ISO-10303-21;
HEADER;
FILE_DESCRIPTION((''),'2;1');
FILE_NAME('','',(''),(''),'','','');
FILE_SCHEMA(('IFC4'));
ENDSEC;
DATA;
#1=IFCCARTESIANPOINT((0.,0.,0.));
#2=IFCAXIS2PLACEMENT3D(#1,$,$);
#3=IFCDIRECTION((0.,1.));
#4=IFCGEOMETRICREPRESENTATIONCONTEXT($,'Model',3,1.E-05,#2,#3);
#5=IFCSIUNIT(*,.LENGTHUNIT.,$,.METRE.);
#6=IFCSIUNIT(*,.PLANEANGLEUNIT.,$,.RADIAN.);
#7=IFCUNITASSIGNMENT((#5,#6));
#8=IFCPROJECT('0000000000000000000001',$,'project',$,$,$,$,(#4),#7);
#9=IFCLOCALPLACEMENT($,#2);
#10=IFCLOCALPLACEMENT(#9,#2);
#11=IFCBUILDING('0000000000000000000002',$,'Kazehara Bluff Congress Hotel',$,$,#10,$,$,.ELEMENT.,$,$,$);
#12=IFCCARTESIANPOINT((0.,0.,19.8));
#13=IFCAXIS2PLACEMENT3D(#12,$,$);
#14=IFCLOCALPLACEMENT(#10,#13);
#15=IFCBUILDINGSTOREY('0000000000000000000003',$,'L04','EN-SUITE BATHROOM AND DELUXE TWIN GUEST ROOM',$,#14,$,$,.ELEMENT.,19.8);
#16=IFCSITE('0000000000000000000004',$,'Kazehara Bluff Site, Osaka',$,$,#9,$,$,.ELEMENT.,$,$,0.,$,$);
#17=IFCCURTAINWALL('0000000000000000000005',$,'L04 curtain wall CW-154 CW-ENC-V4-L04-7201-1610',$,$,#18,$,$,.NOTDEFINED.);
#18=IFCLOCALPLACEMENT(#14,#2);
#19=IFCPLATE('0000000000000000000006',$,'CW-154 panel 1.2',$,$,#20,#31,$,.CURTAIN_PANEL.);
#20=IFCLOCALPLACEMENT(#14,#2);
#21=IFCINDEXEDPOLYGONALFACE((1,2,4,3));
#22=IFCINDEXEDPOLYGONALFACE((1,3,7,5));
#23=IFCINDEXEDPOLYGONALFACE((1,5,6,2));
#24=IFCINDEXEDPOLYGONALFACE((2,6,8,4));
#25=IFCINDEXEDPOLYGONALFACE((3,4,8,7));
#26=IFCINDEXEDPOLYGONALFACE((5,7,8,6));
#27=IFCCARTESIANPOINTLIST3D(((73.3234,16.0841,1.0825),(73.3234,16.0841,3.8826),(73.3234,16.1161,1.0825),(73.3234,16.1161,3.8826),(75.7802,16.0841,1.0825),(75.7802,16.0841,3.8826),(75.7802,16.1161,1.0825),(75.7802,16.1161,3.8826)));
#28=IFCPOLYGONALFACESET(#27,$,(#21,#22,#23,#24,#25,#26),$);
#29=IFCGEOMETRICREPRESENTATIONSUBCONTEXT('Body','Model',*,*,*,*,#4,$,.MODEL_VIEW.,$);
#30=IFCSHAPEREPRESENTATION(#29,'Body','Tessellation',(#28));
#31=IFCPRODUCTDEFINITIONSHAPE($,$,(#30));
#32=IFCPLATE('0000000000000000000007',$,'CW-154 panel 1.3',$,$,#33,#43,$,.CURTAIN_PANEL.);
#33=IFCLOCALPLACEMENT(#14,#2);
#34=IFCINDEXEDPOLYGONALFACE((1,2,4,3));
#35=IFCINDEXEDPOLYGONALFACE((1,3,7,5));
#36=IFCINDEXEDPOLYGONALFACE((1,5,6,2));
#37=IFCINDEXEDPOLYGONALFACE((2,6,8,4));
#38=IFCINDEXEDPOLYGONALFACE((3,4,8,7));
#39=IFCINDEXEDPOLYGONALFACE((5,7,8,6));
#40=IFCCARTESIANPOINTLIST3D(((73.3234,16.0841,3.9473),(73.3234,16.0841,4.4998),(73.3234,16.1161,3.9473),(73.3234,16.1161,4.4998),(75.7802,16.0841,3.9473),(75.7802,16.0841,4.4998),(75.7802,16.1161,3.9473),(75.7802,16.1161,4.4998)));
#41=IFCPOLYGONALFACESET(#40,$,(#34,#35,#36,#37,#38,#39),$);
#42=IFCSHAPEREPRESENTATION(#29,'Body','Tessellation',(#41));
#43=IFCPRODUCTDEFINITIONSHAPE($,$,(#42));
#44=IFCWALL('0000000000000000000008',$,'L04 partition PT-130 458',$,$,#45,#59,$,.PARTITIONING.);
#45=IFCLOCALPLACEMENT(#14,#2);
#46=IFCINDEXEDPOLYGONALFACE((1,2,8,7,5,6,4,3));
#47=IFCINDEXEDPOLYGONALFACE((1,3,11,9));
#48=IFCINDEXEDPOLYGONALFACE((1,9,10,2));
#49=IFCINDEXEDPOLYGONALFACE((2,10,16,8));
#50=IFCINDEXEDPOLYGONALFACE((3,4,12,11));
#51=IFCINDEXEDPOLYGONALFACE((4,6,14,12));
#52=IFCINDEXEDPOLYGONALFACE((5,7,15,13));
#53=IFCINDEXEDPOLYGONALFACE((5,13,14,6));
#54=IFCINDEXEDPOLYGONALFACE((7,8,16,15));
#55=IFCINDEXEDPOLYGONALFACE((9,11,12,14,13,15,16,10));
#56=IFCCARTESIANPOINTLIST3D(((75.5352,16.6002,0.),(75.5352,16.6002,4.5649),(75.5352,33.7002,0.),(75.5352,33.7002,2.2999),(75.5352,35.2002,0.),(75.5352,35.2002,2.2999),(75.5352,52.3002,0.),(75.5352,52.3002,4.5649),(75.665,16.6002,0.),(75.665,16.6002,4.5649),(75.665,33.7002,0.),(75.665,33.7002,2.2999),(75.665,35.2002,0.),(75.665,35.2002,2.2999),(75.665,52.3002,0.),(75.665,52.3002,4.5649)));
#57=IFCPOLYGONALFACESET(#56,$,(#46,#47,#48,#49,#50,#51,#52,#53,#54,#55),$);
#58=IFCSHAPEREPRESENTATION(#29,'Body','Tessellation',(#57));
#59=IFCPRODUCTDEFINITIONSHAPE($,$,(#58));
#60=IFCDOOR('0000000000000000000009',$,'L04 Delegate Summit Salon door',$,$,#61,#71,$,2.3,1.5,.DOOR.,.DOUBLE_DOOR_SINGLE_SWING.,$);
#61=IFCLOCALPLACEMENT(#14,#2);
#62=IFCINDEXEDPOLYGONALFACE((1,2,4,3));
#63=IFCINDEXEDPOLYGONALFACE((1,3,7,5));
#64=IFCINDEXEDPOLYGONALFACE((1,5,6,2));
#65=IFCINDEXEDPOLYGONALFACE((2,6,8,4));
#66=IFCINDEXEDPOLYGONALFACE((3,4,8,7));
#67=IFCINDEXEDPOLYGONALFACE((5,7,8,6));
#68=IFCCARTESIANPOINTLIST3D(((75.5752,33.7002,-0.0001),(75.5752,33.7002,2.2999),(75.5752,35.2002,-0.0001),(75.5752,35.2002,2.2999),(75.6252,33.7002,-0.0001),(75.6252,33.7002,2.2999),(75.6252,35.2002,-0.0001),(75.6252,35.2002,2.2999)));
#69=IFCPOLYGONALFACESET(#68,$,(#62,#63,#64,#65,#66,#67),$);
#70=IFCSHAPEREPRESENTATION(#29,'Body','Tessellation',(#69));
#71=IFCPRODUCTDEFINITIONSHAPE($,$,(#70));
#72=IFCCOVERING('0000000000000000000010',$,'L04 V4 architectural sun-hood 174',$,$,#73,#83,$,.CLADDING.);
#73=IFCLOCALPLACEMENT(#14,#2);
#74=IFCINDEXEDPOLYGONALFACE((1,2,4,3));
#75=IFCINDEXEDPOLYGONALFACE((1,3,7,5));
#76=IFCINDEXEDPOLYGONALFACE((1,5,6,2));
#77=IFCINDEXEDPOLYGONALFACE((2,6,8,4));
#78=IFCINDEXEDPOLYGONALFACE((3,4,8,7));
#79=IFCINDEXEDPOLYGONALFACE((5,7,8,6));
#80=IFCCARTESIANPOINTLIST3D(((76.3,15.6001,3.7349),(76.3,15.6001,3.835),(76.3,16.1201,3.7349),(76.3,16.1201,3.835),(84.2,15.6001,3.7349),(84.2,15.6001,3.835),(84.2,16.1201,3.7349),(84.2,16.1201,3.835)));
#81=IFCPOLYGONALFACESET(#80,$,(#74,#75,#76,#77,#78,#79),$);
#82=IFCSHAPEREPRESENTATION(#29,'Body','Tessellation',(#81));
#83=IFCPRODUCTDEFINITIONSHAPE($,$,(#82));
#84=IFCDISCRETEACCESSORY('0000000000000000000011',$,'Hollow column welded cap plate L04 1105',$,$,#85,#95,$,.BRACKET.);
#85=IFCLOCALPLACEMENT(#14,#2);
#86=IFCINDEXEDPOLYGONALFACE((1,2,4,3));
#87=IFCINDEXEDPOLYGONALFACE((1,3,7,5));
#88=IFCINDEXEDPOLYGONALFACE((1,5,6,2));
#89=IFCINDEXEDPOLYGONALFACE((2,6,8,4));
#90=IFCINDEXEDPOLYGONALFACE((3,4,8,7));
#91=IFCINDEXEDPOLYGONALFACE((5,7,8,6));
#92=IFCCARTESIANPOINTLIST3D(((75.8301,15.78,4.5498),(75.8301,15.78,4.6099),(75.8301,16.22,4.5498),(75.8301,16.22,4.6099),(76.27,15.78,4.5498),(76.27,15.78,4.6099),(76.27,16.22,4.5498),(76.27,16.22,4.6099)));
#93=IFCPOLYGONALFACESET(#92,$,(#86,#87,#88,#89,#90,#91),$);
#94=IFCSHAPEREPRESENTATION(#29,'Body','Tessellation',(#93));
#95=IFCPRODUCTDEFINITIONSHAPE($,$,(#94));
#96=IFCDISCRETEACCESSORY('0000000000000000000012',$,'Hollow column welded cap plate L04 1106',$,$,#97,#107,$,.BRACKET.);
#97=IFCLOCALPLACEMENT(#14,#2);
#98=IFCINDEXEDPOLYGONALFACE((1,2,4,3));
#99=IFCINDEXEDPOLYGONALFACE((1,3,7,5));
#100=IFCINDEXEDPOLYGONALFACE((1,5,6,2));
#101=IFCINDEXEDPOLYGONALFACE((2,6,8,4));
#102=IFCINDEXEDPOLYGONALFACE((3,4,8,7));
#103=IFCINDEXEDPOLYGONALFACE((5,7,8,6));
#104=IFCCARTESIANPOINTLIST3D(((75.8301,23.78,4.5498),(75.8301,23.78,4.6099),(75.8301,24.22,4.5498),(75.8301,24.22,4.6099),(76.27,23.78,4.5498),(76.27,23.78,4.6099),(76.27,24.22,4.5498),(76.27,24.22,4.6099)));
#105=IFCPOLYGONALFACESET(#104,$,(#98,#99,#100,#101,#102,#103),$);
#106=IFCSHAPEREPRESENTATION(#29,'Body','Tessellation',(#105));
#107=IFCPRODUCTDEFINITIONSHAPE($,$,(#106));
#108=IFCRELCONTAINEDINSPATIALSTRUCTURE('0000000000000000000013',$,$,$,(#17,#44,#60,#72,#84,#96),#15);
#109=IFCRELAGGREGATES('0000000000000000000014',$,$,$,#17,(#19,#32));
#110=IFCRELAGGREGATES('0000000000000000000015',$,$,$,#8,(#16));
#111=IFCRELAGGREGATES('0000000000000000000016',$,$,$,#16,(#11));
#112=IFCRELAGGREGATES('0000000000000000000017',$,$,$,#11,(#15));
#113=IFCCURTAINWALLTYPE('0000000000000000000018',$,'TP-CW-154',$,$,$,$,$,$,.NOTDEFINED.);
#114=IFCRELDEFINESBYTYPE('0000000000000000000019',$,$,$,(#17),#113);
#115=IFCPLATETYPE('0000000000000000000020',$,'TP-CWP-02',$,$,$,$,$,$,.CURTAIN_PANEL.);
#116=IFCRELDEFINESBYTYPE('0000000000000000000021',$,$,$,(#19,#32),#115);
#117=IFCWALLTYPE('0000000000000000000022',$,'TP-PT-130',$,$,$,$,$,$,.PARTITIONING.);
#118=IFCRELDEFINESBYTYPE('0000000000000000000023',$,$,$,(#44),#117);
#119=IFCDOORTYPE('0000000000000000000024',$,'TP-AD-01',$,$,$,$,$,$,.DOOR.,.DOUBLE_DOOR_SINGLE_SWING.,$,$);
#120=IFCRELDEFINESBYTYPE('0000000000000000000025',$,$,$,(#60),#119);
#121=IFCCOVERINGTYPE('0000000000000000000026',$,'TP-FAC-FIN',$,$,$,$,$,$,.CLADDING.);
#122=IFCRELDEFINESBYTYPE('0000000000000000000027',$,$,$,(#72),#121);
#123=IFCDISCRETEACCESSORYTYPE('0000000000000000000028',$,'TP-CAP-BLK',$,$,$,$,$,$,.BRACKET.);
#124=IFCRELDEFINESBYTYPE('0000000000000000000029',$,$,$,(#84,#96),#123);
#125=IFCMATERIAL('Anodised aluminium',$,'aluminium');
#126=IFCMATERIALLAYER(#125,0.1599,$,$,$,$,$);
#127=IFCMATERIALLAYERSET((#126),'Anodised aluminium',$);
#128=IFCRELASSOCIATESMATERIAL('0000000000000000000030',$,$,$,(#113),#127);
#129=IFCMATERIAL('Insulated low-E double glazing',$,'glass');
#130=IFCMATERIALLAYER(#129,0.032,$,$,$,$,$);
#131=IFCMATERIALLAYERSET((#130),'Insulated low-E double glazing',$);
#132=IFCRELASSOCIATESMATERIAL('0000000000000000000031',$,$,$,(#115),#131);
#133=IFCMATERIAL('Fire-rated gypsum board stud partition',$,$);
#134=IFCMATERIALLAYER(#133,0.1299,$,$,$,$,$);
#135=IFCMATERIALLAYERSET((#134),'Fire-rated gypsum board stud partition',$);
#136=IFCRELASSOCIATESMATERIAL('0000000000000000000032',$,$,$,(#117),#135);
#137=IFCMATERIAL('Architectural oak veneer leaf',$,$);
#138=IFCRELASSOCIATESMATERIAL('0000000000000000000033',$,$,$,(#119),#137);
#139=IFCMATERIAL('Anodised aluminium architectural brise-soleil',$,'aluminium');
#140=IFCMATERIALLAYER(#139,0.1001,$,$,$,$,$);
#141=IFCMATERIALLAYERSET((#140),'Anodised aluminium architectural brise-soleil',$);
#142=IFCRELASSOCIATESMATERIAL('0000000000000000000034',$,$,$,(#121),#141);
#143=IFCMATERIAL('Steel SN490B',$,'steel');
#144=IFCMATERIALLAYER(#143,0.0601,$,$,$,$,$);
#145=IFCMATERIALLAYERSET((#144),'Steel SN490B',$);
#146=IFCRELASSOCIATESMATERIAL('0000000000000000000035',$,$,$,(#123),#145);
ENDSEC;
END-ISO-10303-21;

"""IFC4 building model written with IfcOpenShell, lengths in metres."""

from ifc_helpers import new_model, si_unit, direction, frame, frame_2d, origin, origin_2d, place, context, subcontext, project, spatial, rectangle, extrude, material, layer, layer_set, type_object, element, fill, aggregate, save


model = new_model("IFC4")

# Units and contexts
model_context = context("Model", 3, precision=1e-05, world=origin(), true_north=direction((0.0, 1.0)))
body_context = subcontext(model_context, "Body", "Model", "MODEL_VIEW")
ifc_project = project(units=[si_unit("LENGTHUNIT", "METRE"), si_unit("PLANEANGLEUNIT", "RADIAN")], contexts=[model_context])

# Site, building, storey
site_placement = place(None, origin())
site = spatial("IfcSite", under=ifc_project, at=site_placement, Name="Kazehara Bluff Site, Osaka", CompositionType="ELEMENT", RefElevation=0.0)
building_placement = place(site_placement, origin())
building = spatial("IfcBuilding", under=site, at=building_placement, Name="Kazehara Bluff Congress Hotel", CompositionType="ELEMENT")
storey_placement = place(building_placement, frame((0.0, 0.0, 19.8)))
storey = spatial("IfcBuildingStorey", under=building, at=storey_placement, Name="L04", Description="EN-SUITE BATHROOM AND DELUXE TWIN GUEST ROOM", CompositionType="ELEMENT", Elevation=19.8)

# Curtain wall
ifc_material_1 = material(Name="Anodised aluminium", Category="aluminium")
ifc_layer_1 = layer(ifc_material_1, 0.1599)
ifc_layer_set_1 = layer_set([ifc_layer_1], Name="Anodised aluminium")
curtain_wall_type_1 = type_object("IfcCurtainWallType", Name="TP-CW-154", PredefinedType="NOTDEFINED", material=ifc_layer_set_1)
curtain_wall_1_placement = place(storey_placement, origin())
curtain_wall_1 = element("IfcCurtainWall", 1, at=curtain_wall_1_placement, inside=storey, type_object=curtain_wall_type_1, Name="L04 curtain wall CW-154 CW-ENC-V4-L04-7201-1610", PredefinedType="NOTDEFINED")

# Plates
ifc_material_2 = material(Name="Insulated low-E double glazing", Category="glass")
ifc_layer_2 = layer(ifc_material_2, 0.032)
ifc_layer_set_2 = layer_set([ifc_layer_2], Name="Insulated low-E double glazing")
plate_type_1 = type_object("IfcPlateType", Name="TP-CWP-02", PredefinedType="CURTAIN_PANEL", material=ifc_layer_set_2)
plate_1_placement = place(storey_placement, frame((74.5518, 16.1001, 1.0825), z_axis=(0.0, 0.0, 1.0), x_axis=(-1.0, 0.0, 0.0)))
plate_1 = element("IfcPlate", 2, at=plate_1_placement, type_object=plate_type_1, Name="CW-154 panel 1.2", PredefinedType="CURTAIN_PANEL", context=body_context, shape_type="SweptSolid", body=[
    extrude(rectangle(XDim=2.4568, YDim=0.032, at=origin_2d()), origin(), (0.0, 0.0, 1.0), 2.8),
])
plate_2_placement = place(storey_placement, frame((74.5518, 16.1001, 3.9473), z_axis=(0.0, 0.0, 1.0), x_axis=(-1.0, 0.0, 0.0)))
plate_2 = element("IfcPlate", 3, at=plate_2_placement, type_object=plate_type_1, Name="CW-154 panel 1.3", PredefinedType="CURTAIN_PANEL", context=body_context, shape_type="SweptSolid", body=[
    extrude(rectangle(XDim=2.4568, YDim=0.032, at=origin_2d()), origin(), (0.0, 0.0, 1.0), 0.5525),
])
aggregate(curtain_wall_1, [plate_1, plate_2])

# Wall, opening, door
ifc_material_3 = material(Name="Fire-rated gypsum board stud partition")
ifc_layer_3 = layer(ifc_material_3, 0.1299)
ifc_layer_set_3 = layer_set([ifc_layer_3], Name="Fire-rated gypsum board stud partition")
wall_type = type_object("IfcWallType", Name="TP-PT-130", PredefinedType="PARTITIONING", material=ifc_layer_set_3)
wall_placement = place(storey_placement, frame((75.6001, 16.6001, 0.0), z_axis=(0.0, 0.0, 1.0), x_axis=(0.0, 1.0, 0.0)))
wall = element("IfcWall", 4, at=wall_placement, inside=storey, type_object=wall_type, Name="L04 partition PT-130 458", PredefinedType="PARTITIONING", context=body_context, shape_type="SweptSolid", body=[
    extrude(rectangle(XDim=35.7, YDim=0.1299, at=frame_2d((17.8501, 0.0))), origin(), (0.0, 0.0, 1.0), 4.5649),
])
opening_placement = place(wall_placement, frame((17.1001, 0.0, 0.0)))
opening = element("IfcOpeningElement", 5, at=opening_placement, cuts=wall, PredefinedType="OPENING", context=body_context, shape_type="SweptSolid", body=[
    extrude(rectangle(XDim=1.5, YDim=2.3, at=frame_2d((0.75, 1.1499))), frame((0.0, 0.075, 0.0), z_axis=(0.0, -1.0, 0.0), x_axis=(1.0, 0.0, 0.0)), (0.0, 0.0, 1.0), 0.1499),
])
ifc_material_4 = material(Name="Architectural oak veneer leaf")
door_type = type_object("IfcDoorType", Name="TP-AD-01", OperationType="DOUBLE_DOOR_SINGLE_SWING", PredefinedType="DOOR", material=ifc_material_4)
door_placement = place(opening_placement, origin())
door = element("IfcDoor", 6, at=door_placement, inside=storey, type_object=door_type, Name="L04 Delegate Summit Salon door", OperationType="DOUBLE_DOOR_SINGLE_SWING", OverallHeight=2.3, OverallWidth=1.5, PredefinedType="DOOR", context=body_context, shape_type="SweptSolid", body=[
    extrude(rectangle(XDim=1.5, YDim=2.3, at=frame_2d((0.75, 1.1499))), frame((0.0, 0.0249, 0.0), z_axis=(0.0, -1.0, 0.0), x_axis=(1.0, 0.0, 0.0)), (0.0, 0.0, 1.0), 0.05),
])
fill(opening, door)

# Covering
ifc_material_5 = material(Name="Anodised aluminium architectural brise-soleil", Category="aluminium")
ifc_layer_4 = layer(ifc_material_5, 0.1001)
ifc_layer_set_4 = layer_set([ifc_layer_4], Name="Anodised aluminium architectural brise-soleil")
covering_type = type_object("IfcCoveringType", Name="TP-FAC-FIN", PredefinedType="CLADDING", material=ifc_layer_set_4)
covering_placement = place(storey_placement, frame((80.25, 15.8601, 3.7349), z_axis=(0.0, 0.0, 1.0), x_axis=(1.0, 0.0, 0.0)))
element("IfcCovering", 7, at=covering_placement, inside=storey, type_object=covering_type, Name="L04 V4 architectural sun-hood 174", PredefinedType="CLADDING", context=body_context, shape_type="SweptSolid", body=[
    extrude(rectangle(XDim=7.8999, YDim=0.52, at=origin_2d()), origin(), (0.0, 0.0, 1.0), 0.1001),
])

# Discrete accessories
ifc_material_6 = material(Name="Steel SN490B", Category="steel")
ifc_layer_5 = layer(ifc_material_6, 0.0601)
ifc_layer_set_5 = layer_set([ifc_layer_5], Name="Steel SN490B")
discrete_accessory_type = type_object("IfcDiscreteAccessoryType", Name="TP-CAP-BLK", PredefinedType="BRACKET", material=ifc_layer_set_5)
for number, where, z_axis, x_axis, name in (
    (8, (76.05, 16.0, 4.5498), (0.0, 0.0, 1.0), (1.0, 0.0, 0.0), "Hollow column welded cap plate L04 1105"),
    (9, (76.05, 24.0, 4.5498), (0.0, 0.0, 1.0), (1.0, 0.0, 0.0), "Hollow column welded cap plate L04 1106"),
):
    element("IfcDiscreteAccessory", number, at=place(storey_placement, frame(where, z_axis=z_axis, x_axis=x_axis)), inside=storey, type_object=discrete_accessory_type, Name=name, PredefinedType="BRACKET", context=body_context, shape_type="SweptSolid", body=[
        extrude(rectangle(XDim=0.4399, YDim=0.4399, at=origin_2d()), origin(), (0.0, 0.0, 1.0), 0.0601),
    ])

save(model, "model.ifc")
